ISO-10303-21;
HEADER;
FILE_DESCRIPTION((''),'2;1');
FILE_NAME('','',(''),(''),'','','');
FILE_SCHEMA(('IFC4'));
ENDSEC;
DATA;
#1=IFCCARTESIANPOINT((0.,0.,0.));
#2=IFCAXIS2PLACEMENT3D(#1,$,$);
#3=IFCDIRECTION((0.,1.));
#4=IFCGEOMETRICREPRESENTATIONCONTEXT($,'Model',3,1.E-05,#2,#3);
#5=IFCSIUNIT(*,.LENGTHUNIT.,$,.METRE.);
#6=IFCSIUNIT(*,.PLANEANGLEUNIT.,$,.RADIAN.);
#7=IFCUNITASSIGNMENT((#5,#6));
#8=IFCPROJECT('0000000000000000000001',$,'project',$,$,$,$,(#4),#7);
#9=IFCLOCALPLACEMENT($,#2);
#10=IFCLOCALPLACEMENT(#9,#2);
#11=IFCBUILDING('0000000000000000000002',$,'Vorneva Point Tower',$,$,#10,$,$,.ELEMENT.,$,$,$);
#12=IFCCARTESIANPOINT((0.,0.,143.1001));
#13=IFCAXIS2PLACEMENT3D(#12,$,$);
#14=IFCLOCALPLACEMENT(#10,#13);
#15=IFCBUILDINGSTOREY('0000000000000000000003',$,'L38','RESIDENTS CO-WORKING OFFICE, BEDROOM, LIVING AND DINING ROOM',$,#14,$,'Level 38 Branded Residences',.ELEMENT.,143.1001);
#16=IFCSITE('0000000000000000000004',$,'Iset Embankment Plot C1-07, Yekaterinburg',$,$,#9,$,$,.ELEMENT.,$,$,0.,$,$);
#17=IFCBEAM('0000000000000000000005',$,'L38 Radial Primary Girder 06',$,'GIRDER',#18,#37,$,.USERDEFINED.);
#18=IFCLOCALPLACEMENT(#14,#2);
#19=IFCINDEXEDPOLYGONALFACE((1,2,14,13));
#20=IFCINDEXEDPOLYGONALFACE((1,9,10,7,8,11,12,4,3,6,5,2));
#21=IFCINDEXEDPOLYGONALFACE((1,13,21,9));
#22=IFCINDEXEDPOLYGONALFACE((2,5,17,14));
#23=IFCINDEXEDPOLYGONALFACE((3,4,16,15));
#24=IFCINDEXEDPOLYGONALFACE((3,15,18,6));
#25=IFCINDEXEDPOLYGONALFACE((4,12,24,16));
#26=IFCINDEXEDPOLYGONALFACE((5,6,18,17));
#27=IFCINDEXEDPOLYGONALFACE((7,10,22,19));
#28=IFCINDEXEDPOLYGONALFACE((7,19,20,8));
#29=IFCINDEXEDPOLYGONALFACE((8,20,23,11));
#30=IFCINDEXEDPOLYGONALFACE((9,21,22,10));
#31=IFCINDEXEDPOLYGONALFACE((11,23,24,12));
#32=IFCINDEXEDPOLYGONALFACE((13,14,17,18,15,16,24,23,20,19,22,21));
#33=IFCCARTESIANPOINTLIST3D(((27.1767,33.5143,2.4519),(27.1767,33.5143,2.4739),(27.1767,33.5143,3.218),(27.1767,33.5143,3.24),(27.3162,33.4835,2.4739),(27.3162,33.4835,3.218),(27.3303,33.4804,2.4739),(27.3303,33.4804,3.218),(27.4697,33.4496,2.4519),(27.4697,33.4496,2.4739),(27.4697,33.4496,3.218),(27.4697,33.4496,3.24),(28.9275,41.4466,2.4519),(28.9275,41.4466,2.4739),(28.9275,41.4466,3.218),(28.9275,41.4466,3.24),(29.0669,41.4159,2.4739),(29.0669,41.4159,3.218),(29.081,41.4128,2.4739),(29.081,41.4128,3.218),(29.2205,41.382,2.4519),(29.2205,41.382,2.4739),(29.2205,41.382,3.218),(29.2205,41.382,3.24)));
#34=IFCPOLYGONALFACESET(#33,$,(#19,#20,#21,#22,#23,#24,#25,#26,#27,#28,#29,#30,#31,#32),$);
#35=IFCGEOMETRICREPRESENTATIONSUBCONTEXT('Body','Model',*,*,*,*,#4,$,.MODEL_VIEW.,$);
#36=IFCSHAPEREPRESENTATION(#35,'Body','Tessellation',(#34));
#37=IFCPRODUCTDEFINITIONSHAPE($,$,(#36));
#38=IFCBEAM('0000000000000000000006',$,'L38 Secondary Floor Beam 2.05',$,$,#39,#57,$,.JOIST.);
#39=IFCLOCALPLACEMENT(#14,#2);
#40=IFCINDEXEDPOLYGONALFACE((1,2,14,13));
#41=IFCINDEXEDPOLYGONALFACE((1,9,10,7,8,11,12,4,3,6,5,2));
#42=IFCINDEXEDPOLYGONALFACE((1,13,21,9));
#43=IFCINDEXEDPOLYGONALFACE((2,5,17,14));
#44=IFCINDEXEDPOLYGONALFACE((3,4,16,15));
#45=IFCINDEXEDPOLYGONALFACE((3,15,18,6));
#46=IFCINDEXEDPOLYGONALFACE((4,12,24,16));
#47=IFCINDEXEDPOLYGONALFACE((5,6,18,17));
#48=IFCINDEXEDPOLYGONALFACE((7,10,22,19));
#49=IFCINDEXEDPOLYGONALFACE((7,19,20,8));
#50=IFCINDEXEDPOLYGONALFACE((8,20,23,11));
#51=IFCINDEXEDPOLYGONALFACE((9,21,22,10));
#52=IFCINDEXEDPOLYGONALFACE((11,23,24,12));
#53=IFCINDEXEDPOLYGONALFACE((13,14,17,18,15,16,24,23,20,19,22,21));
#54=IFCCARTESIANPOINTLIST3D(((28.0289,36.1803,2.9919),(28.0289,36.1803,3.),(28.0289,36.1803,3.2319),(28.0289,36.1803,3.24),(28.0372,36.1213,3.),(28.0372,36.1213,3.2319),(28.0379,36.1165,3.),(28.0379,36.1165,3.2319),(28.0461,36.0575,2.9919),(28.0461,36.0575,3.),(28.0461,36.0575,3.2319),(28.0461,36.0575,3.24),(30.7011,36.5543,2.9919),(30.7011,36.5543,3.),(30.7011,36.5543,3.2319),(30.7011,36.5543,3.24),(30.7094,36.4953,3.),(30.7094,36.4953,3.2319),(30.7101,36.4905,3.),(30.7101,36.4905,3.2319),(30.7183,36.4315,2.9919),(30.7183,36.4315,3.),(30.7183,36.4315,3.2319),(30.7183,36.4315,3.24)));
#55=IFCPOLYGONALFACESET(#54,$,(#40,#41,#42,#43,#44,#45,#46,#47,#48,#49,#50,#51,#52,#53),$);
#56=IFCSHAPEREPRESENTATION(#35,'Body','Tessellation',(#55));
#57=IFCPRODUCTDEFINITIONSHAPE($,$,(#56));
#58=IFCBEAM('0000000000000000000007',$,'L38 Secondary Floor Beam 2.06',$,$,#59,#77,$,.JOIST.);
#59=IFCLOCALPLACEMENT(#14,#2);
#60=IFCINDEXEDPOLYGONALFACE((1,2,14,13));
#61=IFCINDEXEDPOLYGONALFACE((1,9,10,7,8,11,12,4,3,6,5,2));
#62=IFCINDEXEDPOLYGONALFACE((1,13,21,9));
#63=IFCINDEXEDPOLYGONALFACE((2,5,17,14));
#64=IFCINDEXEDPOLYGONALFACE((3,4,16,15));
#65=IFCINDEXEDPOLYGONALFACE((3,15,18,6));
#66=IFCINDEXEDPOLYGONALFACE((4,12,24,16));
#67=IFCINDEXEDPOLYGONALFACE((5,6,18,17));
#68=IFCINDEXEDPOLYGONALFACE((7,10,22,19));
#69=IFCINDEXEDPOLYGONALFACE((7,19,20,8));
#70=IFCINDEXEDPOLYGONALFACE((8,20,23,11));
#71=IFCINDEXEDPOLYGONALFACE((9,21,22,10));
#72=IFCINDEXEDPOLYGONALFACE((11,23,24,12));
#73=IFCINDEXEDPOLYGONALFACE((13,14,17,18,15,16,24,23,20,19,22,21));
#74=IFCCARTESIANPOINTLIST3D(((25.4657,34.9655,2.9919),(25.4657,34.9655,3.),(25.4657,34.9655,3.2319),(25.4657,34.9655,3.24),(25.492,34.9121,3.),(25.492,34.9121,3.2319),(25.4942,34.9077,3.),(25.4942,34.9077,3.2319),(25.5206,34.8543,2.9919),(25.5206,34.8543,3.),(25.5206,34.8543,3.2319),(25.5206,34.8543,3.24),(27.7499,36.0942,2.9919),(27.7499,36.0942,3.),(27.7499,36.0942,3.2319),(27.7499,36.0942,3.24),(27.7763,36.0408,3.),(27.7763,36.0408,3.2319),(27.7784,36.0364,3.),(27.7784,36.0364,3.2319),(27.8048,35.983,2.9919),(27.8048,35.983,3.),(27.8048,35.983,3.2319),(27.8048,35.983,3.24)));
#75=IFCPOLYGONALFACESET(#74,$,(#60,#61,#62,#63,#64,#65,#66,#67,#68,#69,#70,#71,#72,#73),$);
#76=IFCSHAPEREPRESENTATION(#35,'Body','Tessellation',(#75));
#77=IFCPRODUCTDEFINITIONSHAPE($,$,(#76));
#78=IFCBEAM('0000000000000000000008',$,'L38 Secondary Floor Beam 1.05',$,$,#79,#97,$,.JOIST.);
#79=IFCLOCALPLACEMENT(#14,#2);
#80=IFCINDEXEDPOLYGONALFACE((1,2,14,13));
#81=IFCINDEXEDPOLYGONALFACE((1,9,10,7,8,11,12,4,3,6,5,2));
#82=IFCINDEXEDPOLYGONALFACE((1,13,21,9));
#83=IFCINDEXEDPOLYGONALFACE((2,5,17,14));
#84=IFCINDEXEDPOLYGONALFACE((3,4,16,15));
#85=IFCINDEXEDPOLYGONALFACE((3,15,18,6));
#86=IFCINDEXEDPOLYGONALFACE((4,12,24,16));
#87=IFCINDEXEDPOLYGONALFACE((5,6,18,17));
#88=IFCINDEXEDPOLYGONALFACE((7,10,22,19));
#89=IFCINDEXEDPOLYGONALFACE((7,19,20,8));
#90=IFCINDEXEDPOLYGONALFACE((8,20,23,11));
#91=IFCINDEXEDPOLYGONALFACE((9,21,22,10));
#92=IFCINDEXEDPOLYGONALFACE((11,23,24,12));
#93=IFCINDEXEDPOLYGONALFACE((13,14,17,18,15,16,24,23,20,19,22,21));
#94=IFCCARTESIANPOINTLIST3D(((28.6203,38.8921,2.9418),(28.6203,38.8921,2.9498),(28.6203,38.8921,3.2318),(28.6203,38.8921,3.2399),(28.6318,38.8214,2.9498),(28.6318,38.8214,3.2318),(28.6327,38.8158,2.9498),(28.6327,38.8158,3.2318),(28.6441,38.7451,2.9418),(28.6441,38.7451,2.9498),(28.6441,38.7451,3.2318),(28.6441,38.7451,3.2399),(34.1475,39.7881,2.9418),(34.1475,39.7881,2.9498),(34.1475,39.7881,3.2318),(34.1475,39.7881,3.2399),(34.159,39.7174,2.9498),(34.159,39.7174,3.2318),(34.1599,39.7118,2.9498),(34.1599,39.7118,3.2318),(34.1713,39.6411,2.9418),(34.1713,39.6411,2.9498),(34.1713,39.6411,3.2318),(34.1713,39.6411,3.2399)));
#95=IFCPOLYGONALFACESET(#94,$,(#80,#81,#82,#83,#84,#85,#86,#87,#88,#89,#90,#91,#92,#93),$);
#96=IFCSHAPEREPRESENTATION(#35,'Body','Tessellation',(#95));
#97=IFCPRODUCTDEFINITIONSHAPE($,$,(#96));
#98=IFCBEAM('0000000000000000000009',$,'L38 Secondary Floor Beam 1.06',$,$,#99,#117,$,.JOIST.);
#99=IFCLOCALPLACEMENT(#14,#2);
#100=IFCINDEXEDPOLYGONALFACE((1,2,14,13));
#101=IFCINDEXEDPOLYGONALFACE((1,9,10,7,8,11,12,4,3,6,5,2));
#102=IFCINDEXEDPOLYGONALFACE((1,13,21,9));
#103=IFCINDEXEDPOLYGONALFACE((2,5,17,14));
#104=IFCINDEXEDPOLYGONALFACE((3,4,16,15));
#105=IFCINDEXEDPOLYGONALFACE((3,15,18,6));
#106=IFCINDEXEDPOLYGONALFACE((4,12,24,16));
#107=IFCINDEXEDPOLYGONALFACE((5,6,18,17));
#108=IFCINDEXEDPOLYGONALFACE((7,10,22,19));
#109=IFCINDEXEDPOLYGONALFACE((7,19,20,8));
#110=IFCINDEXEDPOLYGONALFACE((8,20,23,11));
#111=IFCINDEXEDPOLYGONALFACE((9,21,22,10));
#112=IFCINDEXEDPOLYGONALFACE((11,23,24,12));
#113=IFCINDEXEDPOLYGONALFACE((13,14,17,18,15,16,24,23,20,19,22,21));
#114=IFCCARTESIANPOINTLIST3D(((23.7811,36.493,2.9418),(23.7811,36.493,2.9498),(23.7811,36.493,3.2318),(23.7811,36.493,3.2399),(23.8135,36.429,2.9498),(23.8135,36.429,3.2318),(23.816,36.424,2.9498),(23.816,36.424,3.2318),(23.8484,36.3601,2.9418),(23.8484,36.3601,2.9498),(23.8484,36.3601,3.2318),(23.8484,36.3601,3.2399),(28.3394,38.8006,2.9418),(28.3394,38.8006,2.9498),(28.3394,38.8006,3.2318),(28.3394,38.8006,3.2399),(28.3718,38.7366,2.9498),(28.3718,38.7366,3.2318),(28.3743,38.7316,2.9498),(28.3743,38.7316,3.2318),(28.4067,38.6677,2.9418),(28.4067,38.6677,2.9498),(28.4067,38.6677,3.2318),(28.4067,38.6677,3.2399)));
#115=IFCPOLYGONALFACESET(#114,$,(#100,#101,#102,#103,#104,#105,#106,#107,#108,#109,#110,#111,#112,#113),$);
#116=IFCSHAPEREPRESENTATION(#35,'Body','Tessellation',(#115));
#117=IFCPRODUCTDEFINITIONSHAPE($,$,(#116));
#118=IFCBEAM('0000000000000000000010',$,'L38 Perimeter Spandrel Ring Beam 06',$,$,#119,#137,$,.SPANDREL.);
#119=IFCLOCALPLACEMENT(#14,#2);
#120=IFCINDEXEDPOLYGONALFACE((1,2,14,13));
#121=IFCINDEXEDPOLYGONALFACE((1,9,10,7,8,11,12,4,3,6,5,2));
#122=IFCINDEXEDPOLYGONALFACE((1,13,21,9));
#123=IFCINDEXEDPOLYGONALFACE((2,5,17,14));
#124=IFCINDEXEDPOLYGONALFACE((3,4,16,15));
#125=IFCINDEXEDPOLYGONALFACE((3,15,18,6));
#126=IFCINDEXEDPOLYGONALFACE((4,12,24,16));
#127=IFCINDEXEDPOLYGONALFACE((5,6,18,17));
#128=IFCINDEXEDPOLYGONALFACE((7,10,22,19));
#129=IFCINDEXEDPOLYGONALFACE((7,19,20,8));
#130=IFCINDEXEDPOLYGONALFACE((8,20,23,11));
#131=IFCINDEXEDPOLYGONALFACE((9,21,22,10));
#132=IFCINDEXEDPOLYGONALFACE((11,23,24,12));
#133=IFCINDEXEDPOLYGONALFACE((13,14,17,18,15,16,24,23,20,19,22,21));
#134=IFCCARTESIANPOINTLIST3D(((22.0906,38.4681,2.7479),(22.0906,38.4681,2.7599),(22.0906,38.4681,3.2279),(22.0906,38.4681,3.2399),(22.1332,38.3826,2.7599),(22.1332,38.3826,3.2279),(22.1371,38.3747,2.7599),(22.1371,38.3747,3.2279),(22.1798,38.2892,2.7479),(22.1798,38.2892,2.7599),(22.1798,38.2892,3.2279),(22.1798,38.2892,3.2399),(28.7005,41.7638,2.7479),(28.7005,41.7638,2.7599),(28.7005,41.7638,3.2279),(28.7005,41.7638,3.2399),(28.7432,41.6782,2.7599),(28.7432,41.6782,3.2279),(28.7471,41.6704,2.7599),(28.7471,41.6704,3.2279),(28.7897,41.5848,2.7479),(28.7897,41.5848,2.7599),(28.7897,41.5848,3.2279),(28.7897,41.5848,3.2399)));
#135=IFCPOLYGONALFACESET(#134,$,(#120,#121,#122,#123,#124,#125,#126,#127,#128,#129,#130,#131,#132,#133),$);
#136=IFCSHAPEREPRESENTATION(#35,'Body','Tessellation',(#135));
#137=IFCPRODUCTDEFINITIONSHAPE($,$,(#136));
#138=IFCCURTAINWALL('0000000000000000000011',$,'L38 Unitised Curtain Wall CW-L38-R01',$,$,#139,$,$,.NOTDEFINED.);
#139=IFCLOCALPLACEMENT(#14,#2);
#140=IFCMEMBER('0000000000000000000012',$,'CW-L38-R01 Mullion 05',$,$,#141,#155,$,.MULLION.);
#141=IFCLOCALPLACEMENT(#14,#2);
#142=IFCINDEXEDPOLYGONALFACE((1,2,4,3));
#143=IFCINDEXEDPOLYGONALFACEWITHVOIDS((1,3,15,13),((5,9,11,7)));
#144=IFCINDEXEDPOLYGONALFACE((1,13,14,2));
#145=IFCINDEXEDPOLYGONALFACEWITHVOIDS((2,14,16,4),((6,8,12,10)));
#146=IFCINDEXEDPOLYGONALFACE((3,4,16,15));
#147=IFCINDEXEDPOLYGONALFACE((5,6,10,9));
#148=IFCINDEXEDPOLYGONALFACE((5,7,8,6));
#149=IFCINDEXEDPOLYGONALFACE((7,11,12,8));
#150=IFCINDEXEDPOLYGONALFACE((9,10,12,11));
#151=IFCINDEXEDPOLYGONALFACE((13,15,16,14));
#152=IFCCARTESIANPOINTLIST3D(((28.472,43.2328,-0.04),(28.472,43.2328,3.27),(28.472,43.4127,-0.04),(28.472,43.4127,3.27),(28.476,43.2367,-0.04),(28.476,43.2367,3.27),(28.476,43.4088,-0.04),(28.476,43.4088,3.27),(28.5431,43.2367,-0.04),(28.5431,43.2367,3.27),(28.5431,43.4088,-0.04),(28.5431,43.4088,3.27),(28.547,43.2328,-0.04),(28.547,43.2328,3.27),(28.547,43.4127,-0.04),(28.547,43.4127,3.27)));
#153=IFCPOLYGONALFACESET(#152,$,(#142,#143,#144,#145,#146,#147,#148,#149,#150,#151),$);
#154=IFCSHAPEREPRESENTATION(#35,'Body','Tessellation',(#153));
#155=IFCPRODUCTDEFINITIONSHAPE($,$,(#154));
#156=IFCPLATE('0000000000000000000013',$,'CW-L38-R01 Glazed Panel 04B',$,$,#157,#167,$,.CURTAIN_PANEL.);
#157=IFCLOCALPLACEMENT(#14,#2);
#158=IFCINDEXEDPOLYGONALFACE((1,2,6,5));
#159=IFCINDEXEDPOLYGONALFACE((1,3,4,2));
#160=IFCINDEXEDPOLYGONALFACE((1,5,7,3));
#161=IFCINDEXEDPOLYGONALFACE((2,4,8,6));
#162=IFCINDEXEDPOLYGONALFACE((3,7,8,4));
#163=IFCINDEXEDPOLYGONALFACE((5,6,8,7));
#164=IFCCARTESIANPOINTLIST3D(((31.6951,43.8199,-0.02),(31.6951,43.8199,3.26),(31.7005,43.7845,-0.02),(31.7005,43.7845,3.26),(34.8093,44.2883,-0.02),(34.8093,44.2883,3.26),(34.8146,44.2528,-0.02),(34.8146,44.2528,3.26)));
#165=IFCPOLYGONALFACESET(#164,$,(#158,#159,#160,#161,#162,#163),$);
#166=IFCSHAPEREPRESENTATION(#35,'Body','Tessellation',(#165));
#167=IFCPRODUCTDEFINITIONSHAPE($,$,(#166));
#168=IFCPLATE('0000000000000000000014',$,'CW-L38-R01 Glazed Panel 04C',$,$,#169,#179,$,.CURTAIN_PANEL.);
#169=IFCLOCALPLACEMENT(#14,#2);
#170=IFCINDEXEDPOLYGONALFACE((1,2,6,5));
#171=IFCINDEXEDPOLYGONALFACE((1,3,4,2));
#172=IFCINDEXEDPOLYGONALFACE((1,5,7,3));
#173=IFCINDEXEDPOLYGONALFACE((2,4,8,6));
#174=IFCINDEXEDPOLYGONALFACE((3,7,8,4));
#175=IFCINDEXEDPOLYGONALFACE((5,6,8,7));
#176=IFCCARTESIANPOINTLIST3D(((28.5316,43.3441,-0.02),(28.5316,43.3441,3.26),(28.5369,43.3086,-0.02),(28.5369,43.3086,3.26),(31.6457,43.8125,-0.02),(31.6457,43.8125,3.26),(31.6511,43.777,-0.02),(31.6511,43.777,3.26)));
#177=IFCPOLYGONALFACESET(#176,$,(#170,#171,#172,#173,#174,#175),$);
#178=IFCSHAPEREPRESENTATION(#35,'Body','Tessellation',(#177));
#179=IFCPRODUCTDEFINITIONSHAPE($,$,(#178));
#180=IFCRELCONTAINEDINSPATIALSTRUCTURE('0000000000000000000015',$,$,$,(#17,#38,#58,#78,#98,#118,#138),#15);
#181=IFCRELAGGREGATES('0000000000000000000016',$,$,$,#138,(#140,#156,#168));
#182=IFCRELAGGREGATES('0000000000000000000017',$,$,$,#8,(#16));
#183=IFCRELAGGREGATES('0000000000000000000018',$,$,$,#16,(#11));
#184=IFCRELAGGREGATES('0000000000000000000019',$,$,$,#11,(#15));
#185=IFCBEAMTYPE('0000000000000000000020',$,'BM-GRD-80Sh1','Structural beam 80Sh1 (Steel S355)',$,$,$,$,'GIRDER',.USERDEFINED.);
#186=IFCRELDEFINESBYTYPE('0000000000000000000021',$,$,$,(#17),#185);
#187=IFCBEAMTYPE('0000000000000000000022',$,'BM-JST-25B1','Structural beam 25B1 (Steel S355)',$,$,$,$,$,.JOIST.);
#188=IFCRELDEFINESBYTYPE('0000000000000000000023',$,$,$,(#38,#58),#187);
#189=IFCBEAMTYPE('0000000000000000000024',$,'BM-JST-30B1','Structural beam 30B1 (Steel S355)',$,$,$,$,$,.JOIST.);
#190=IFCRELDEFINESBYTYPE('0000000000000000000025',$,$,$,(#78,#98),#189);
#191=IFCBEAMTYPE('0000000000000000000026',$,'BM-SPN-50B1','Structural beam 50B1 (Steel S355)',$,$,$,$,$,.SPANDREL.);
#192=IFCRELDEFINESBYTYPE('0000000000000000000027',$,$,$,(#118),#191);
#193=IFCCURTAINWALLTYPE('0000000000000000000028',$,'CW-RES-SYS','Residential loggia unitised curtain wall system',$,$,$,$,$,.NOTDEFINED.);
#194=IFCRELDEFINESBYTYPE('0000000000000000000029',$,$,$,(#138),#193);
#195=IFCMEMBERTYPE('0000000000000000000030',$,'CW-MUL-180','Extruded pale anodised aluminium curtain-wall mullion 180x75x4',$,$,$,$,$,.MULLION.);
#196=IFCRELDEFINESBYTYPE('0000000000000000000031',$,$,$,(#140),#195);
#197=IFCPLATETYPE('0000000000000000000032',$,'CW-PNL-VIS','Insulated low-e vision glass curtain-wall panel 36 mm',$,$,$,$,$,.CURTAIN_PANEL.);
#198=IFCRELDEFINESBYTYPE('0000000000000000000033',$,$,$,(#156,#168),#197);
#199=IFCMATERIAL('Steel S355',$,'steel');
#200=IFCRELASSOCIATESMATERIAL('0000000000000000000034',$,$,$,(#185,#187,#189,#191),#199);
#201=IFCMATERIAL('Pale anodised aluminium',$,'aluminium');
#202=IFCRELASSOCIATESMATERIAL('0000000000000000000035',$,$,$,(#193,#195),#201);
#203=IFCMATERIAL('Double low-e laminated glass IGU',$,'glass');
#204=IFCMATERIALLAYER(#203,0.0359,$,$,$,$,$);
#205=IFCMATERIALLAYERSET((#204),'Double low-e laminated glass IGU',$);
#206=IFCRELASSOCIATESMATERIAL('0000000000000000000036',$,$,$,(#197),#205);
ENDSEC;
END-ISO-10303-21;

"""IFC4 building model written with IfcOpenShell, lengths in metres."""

from ifc_helpers import new_model, si_unit, direction, frame, origin, origin_2d, place, context, subcontext, project, spatial, rectangle, hollow_rectangle, i_section, extrude, material, layer, layer_set, material_profile, profile_set, type_object, element, aggregate, save


model = new_model("IFC4")

# Units and contexts
model_context = context("Model", 3, precision=1e-05, world=origin(), true_north=direction((0.0, 1.0)))
body_context = subcontext(model_context, "Body", "Model", "MODEL_VIEW")
ifc_project = project(units=[si_unit("LENGTHUNIT", "METRE"), si_unit("PLANEANGLEUNIT", "RADIAN")], contexts=[model_context])

# Site, building, storey
site_placement = place(None, origin())
site = spatial("IfcSite", under=ifc_project, at=site_placement, Name="Iset Embankment Plot C1-07, Yekaterinburg", CompositionType="ELEMENT", RefElevation=0.0)
building_placement = place(site_placement, origin())
building = spatial("IfcBuilding", under=site, at=building_placement, Name="Vorneva Point Tower", CompositionType="ELEMENT")
storey_placement = place(building_placement, frame((0.0, 0.0, 143.1001)))
storey = spatial("IfcBuildingStorey", under=building, at=storey_placement, Name="L38", Description="RESIDENTS CO-WORKING OFFICE, BEDROOM, LIVING AND DINING ROOM", LongName="Level 38 Branded Residences", CompositionType="ELEMENT", Elevation=143.1001)

# Beams
ifc_material_1 = material(Name="Steel S355", Category="steel")
ifc_material_profile_1 = material_profile(ifc_material_1, i_section(OverallWidth=0.3, OverallDepth=0.7881, WebThickness=0.0144, FlangeThickness=0.022, at=origin_2d()), Name="80Sh1")
ifc_profile_set_1 = profile_set([ifc_material_profile_1], Name="Steel S355")
beam_type_1 = type_object("IfcBeamType", Name="BM-GRD-80Sh1", Description="Structural beam 80Sh1 (Steel S355)", ElementType="GIRDER", PredefinedType="USERDEFINED", material=ifc_profile_set_1)
beam_1_placement = place(storey_placement, frame((29.074, 41.4143, 2.8459), z_axis=(-0.215521, -0.976499, 0.0), x_axis=(0.976499, -0.215521, 0.0)))
element("IfcBeam", 1, at=beam_1_placement, inside=storey, type_object=beam_type_1, Name="L38 Radial Primary Girder 06", ObjectType="GIRDER", PredefinedType="USERDEFINED", context=body_context, shape_type="SweptSolid", body=[
    extrude(i_section(OverallWidth=0.3, OverallDepth=0.7881, WebThickness=0.0144, FlangeThickness=0.022, at=origin_2d()), origin(), (0.0, 0.0, 1.0), 8.1233),
])
ifc_material_profile_2 = material_profile(ifc_material_1, i_section(OverallWidth=0.124, OverallDepth=0.248, WebThickness=0.0049, FlangeThickness=0.0081, at=origin_2d()), Name="25B1")
ifc_profile_set_2 = profile_set([ifc_material_profile_2], Name="Steel S355")
beam_type_2 = type_object("IfcBeamType", Name="BM-JST-25B1", Description="Structural beam 25B1 (Steel S355)", PredefinedType="JOIST", material=ifc_profile_set_2)
beam_2_placement = place(storey_placement, frame((30.7097, 36.4929, 3.116), z_axis=(-0.990345, -0.138621, 0.0), x_axis=(0.138621, -0.990345, 0.0)))
element("IfcBeam", 2, at=beam_2_placement, inside=storey, type_object=beam_type_2, Name="L38 Secondary Floor Beam 2.05", PredefinedType="JOIST", context=body_context, shape_type="SweptSolid", body=[
    extrude(i_section(OverallWidth=0.124, OverallDepth=0.248, WebThickness=0.0049, FlangeThickness=0.0081, at=origin_2d()), origin(), (0.0, 0.0, 1.0), 2.6982),
])
beam_3_placement = place(storey_placement, frame((27.7773, 36.0386, 3.116), z_axis=(-0.896525, -0.442992, 0.0), x_axis=(0.442992, -0.896525, 0.0)))
element("IfcBeam", 3, at=beam_3_placement, inside=storey, type_object=beam_type_2, Name="L38 Secondary Floor Beam 2.06", PredefinedType="JOIST", context=body_context, shape_type="SweptSolid", body=[
    extrude(i_section(OverallWidth=0.124, OverallDepth=0.248, WebThickness=0.0049, FlangeThickness=0.0081, at=origin_2d()), origin(), (0.0, 0.0, 1.0), 2.5479),
])
ifc_material_profile_3 = material_profile(ifc_material_1, i_section(OverallWidth=0.1489, OverallDepth=0.2981, WebThickness=0.0056, FlangeThickness=0.0081, at=origin_2d()), Name="30B1")
ifc_profile_set_3 = profile_set([ifc_material_profile_3], Name="Steel S355")
beam_type_3 = type_object("IfcBeamType", Name="BM-JST-30B1", Description="Structural beam 30B1 (Steel S355)", PredefinedType="JOIST", material=ifc_profile_set_3)
beam_4_placement = place(storey_placement, frame((34.1594, 39.7146, 3.0908), z_axis=(-0.987114, -0.160021, 0.0), x_axis=(0.160021, -0.987114, 0.0)))
element("IfcBeam", 4, at=beam_4_placement, inside=storey, type_object=beam_type_3, Name="L38 Secondary Floor Beam 1.05", PredefinedType="JOIST", context=body_context, shape_type="SweptSolid", body=[
    extrude(i_section(OverallWidth=0.1489, OverallDepth=0.2981, WebThickness=0.0056, FlangeThickness=0.0081, at=origin_2d()), origin(), (0.0, 0.0, 1.0), 5.5994),
])
beam_5_placement = place(storey_placement, frame((28.373, 38.7341, 3.0908), z_axis=(-0.892189, -0.451662, 0.0), x_axis=(0.451662, -0.892189, 0.0)))
element("IfcBeam", 5, at=beam_5_placement, inside=storey, type_object=beam_type_3, Name="L38 Secondary Floor Beam 1.06", PredefinedType="JOIST", context=body_context, shape_type="SweptSolid", body=[
    extrude(i_section(OverallWidth=0.1489, OverallDepth=0.2981, WebThickness=0.0056, FlangeThickness=0.0081, at=origin_2d()), origin(), (0.0, 0.0, 1.0), 5.1091),
])
ifc_material_profile_4 = material_profile(ifc_material_1, i_section(OverallWidth=0.2, OverallDepth=0.4919, WebThickness=0.0088, FlangeThickness=0.012, at=origin_2d()), Name="50B1")
ifc_profile_set_4 = profile_set([ifc_material_profile_4], Name="Steel S355")
beam_type_4 = type_object("IfcBeamType", Name="BM-SPN-50B1", Description="Structural beam 50B1 (Steel S355)", PredefinedType="SPANDREL", material=ifc_profile_set_4)
beam_6_placement = place(storey_placement, frame((28.7451, 41.6743, 2.9939), z_axis=(-0.894929, -0.446208, 0.0), x_axis=(0.446208, -0.894929, 0.0)))
element("IfcBeam", 6, at=beam_6_placement, inside=storey, type_object=beam_type_4, Name="L38 Perimeter Spandrel Ring Beam 06", PredefinedType="SPANDREL", context=body_context, shape_type="SweptSolid", body=[
    extrude(i_section(OverallWidth=0.2, OverallDepth=0.4919, WebThickness=0.0088, FlangeThickness=0.012, at=origin_2d()), origin(), (0.0, 0.0, 1.0), 7.386),
])

# Curtain wall, member, plates
ifc_material_2 = material(Name="Pale anodised aluminium", Category="aluminium")
curtain_wall_type = type_object("IfcCurtainWallType", Name="CW-RES-SYS", Description="Residential loggia unitised curtain wall system", PredefinedType="NOTDEFINED", material=ifc_material_2)
curtain_wall_placement = place(storey_placement, origin())
curtain_wall = element("IfcCurtainWall", 7, at=curtain_wall_placement, inside=storey, type_object=curtain_wall_type, Name="L38 Unitised Curtain Wall CW-L38-R01", PredefinedType="NOTDEFINED")
ifc_material_profile_5 = material_profile(ifc_material_2, hollow_rectangle(XDim=0.075, YDim=0.1799, WallThickness=0.0039, at=origin_2d()), Name="AL-MUL 180x75x4")
ifc_profile_set_5 = profile_set([ifc_material_profile_5], Name="Pale anodised aluminium")
member_type = type_object("IfcMemberType", Name="CW-MUL-180", Description="Extruded pale anodised aluminium curtain-wall mullion 180x75x4", PredefinedType="MULLION", material=ifc_profile_set_5)
member_placement = place(storey_placement, frame((28.5095, 43.3228, -0.04), z_axis=(0.0, 0.0, 1.0), x_axis=(1.0, 0.0, 0.0)))
member = element("IfcMember", 8, at=member_placement, type_object=member_type, Name="CW-L38-R01 Mullion 05", PredefinedType="MULLION", context=body_context, shape_type="SweptSolid", body=[
    extrude(hollow_rectangle(XDim=0.075, YDim=0.1799, WallThickness=0.0039, at=origin_2d()), origin(), (0.0, 0.0, 1.0), 3.3101),
])
ifc_material_3 = material(Name="Double low-e laminated glass IGU", Category="glass")
ifc_layer_1 = layer(ifc_material_3, 0.0359)
ifc_layer_set_1 = layer_set([ifc_layer_1], Name="Double low-e laminated glass IGU")
plate_type = type_object("IfcPlateType", Name="CW-PNL-VIS", Description="Insulated low-e vision glass curtain-wall panel 36 mm", PredefinedType="CURTAIN_PANEL", material=ifc_layer_set_1)
plate_1_placement = place(storey_placement, frame((33.2549, 44.0364, -0.02), z_axis=(0.0, 0.0, 1.0), x_axis=(-0.988879, -0.148724, 0.0)))
plate_1 = element("IfcPlate", 9, at=plate_1_placement, type_object=plate_type, Name="CW-L38-R01 Glazed Panel 04B", PredefinedType="CURTAIN_PANEL", context=body_context, shape_type="SweptSolid", body=[
    extrude(rectangle(XDim=3.1492, YDim=0.0359, at=origin_2d()), origin(), (0.0, 0.0, 1.0), 3.28),
])
plate_2_placement = place(storey_placement, frame((30.0913, 43.5605, -0.02), z_axis=(0.0, 0.0, 1.0), x_axis=(-0.988879, -0.148724, 0.0)))
plate_2 = element("IfcPlate", 10, at=plate_2_placement, type_object=plate_type, Name="CW-L38-R01 Glazed Panel 04C", PredefinedType="CURTAIN_PANEL", context=body_context, shape_type="SweptSolid", body=[
    extrude(rectangle(XDim=3.1492, YDim=0.0359, at=origin_2d()), origin(), (0.0, 0.0, 1.0), 3.28),
])
aggregate(curtain_wall, [member, plate_1, plate_2])

save(model, "model.ifc")
